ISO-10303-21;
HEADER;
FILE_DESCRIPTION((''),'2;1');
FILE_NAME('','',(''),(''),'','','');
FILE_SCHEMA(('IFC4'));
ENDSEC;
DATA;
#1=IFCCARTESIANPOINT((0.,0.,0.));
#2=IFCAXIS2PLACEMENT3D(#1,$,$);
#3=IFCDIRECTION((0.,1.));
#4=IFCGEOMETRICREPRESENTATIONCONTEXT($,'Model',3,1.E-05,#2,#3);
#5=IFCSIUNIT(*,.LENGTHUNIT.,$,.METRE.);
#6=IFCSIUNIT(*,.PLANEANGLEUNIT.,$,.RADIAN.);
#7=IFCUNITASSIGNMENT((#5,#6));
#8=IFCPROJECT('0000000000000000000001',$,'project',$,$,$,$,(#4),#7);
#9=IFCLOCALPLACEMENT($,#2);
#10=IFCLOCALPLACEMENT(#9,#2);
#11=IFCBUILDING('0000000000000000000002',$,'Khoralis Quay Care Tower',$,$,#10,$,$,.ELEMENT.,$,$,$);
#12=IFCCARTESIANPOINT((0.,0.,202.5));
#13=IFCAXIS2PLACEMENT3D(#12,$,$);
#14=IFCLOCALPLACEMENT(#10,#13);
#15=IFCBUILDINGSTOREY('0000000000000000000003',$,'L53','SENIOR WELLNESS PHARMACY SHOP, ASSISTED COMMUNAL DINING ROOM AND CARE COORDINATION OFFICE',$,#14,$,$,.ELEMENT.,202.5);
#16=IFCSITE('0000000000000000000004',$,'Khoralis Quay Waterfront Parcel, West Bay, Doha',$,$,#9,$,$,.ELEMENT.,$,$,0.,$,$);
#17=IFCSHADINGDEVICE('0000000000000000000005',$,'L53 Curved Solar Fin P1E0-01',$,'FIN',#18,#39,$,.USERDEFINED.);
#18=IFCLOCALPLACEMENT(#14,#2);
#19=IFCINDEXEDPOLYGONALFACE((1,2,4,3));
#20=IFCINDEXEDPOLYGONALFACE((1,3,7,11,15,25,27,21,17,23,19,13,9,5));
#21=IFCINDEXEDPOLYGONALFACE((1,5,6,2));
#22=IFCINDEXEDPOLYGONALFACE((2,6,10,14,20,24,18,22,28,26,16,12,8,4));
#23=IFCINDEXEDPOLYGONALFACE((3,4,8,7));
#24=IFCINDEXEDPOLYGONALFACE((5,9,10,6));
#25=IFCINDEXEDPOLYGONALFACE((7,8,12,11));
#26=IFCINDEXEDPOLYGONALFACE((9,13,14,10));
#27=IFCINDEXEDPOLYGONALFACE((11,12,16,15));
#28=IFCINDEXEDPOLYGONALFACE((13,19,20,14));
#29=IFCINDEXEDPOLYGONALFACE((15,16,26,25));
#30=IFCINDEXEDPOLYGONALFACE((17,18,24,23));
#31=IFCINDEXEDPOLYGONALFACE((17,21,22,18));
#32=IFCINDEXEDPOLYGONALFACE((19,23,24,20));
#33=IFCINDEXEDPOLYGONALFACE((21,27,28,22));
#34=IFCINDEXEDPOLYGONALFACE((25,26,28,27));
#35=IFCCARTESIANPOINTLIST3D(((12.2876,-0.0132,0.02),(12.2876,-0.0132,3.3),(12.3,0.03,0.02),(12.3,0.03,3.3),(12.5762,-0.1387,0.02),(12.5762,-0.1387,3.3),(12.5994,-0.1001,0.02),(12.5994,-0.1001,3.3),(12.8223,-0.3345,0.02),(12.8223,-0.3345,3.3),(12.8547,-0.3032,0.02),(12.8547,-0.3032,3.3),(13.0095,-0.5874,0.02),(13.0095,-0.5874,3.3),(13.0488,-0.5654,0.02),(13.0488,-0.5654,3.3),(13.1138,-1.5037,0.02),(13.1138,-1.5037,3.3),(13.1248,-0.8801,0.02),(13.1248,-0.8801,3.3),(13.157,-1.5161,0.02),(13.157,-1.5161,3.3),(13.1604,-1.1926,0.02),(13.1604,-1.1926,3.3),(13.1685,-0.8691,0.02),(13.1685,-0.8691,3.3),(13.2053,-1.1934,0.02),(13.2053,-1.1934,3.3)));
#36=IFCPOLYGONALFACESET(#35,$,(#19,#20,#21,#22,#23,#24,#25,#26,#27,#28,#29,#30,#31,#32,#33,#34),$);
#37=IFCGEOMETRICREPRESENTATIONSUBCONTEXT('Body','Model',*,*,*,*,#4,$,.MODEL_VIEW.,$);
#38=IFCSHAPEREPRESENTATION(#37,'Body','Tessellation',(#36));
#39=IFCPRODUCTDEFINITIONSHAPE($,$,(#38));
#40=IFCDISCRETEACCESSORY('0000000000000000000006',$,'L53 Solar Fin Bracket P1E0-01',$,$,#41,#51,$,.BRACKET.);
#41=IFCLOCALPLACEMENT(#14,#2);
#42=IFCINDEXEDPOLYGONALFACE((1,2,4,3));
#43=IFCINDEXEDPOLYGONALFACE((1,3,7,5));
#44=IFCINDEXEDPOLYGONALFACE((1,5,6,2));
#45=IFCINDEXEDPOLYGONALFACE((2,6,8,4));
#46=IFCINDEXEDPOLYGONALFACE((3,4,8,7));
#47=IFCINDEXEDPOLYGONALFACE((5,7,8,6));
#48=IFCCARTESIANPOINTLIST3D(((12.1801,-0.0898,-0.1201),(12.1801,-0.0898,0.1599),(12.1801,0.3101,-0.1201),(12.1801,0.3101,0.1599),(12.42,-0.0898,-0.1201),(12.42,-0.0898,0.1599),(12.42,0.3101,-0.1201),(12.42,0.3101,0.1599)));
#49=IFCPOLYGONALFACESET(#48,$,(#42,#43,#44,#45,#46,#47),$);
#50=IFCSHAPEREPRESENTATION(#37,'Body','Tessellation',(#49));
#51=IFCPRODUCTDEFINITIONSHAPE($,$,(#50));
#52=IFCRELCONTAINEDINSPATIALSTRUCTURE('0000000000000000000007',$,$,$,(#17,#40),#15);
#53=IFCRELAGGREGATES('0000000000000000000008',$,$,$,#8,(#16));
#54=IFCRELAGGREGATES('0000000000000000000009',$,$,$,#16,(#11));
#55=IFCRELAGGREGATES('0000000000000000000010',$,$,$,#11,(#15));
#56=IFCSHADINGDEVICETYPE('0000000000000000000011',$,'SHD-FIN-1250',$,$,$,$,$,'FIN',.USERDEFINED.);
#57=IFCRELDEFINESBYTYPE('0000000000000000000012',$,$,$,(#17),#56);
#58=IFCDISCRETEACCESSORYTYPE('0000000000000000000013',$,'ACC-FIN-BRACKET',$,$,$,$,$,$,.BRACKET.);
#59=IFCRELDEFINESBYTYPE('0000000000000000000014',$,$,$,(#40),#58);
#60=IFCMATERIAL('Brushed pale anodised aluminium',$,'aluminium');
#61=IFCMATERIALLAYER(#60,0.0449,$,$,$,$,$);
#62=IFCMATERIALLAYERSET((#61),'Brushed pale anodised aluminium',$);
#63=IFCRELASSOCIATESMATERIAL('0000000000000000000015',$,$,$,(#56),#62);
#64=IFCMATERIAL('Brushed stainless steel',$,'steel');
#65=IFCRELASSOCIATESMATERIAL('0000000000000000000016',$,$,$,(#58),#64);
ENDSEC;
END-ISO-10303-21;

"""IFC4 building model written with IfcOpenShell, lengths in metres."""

from ifc_helpers import new_model, si_unit, direction, frame, origin, origin_2d, place, context, subcontext, project, spatial, polyline, rectangle, outline, extrude, source, transform, mapped, material, layer, layer_set, type_object, element, save


model = new_model("IFC4")

# Units and contexts
model_context = context("Model", 3, precision=1e-05, world=origin(), true_north=direction((0.0, 1.0)))
body_context = subcontext(model_context, "Body", "Model", "MODEL_VIEW")
ifc_project = project(units=[si_unit("LENGTHUNIT", "METRE"), si_unit("PLANEANGLEUNIT", "RADIAN")], contexts=[model_context])

# Site, building, storey
site_placement = place(None, origin())
site = spatial("IfcSite", under=ifc_project, at=site_placement, Name="Khoralis Quay Waterfront Parcel, West Bay, Doha", CompositionType="ELEMENT", RefElevation=0.0)
building_placement = place(site_placement, origin())
building = spatial("IfcBuilding", under=site, at=building_placement, Name="Khoralis Quay Care Tower", CompositionType="ELEMENT")
storey_placement = place(building_placement, frame((0.0, 0.0, 202.5)))
storey = spatial("IfcBuildingStorey", under=building, at=storey_placement, Name="L53", Description="SENIOR WELLNESS PHARMACY SHOP, ASSISTED COMMUNAL DINING ROOM AND CARE COORDINATION OFFICE", CompositionType="ELEMENT", Elevation=202.5)

# Shading device
ifc_material_1 = material(Name="Brushed pale anodised aluminium", Category="aluminium")
ifc_layer_1 = layer(ifc_material_1, 0.0449)
ifc_layer_set_1 = layer_set([ifc_layer_1], Name="Brushed pale anodised aluminium")
shading_device_type = type_object("IfcShadingDeviceType", Name="SHD-FIN-1250", ElementType="FIN", PredefinedType="USERDEFINED", material=ifc_layer_set_1)
shared_shape_1 = source(origin(), body_context, "Body", "SweptSolid", [
    extrude(outline(polyline([(0.0, 0.0), (0.1301, 0.2993), (0.3333, 0.5547), (0.5955, 0.7488), (0.8992, 0.8684), (1.2234, 0.9053), (1.5461, 0.8569), (1.5337, 0.8137), (1.2227, 0.8604), (0.9102, 0.8247), (0.6174, 0.7095), (0.3645, 0.5222), (0.1687, 0.2761), (0.0432, -0.0125), (0.0, 0.0)])), origin(), (0.0, 0.0, 1.0), 3.28),
])
shading_device_placement = place(storey_placement, frame((12.3, 0.03, 0.02), z_axis=(0.0, 0.0, 1.0), x_axis=(0.0, -1.0, 0.0)))
element("IfcShadingDevice", 1, at=shading_device_placement, inside=storey, type_object=shading_device_type, Name="L53 Curved Solar Fin P1E0-01", ObjectType="FIN", PredefinedType="USERDEFINED", context=body_context, shape_type="MappedRepresentation", body=[
    mapped(shared_shape_1, transform((0.0, 0.0, 0.0), scale=1.0)),
])

# Discrete accessory
ifc_material_2 = material(Name="Brushed stainless steel", Category="steel")
discrete_accessory_type = type_object("IfcDiscreteAccessoryType", Name="ACC-FIN-BRACKET", PredefinedType="BRACKET", material=ifc_material_2)
shared_shape_2 = source(origin(), body_context, "Body", "SweptSolid", [
    extrude(rectangle(XDim=0.3999, YDim=0.24, at=origin_2d()), origin(), (0.0, 0.0, 1.0), 0.28),
])
discrete_accessory_placement = place(storey_placement, frame((12.3, 0.1101, -0.1201), z_axis=(0.0, 0.0, 1.0), x_axis=(0.0, -1.0, 0.0)))
element("IfcDiscreteAccessory", 2, at=discrete_accessory_placement, inside=storey, type_object=discrete_accessory_type, Name="L53 Solar Fin Bracket P1E0-01", PredefinedType="BRACKET", context=body_context, shape_type="MappedRepresentation", body=[
    mapped(shared_shape_2, transform((0.0, 0.0, 0.0), scale=1.0)),
])

save(model, "model.ifc")
